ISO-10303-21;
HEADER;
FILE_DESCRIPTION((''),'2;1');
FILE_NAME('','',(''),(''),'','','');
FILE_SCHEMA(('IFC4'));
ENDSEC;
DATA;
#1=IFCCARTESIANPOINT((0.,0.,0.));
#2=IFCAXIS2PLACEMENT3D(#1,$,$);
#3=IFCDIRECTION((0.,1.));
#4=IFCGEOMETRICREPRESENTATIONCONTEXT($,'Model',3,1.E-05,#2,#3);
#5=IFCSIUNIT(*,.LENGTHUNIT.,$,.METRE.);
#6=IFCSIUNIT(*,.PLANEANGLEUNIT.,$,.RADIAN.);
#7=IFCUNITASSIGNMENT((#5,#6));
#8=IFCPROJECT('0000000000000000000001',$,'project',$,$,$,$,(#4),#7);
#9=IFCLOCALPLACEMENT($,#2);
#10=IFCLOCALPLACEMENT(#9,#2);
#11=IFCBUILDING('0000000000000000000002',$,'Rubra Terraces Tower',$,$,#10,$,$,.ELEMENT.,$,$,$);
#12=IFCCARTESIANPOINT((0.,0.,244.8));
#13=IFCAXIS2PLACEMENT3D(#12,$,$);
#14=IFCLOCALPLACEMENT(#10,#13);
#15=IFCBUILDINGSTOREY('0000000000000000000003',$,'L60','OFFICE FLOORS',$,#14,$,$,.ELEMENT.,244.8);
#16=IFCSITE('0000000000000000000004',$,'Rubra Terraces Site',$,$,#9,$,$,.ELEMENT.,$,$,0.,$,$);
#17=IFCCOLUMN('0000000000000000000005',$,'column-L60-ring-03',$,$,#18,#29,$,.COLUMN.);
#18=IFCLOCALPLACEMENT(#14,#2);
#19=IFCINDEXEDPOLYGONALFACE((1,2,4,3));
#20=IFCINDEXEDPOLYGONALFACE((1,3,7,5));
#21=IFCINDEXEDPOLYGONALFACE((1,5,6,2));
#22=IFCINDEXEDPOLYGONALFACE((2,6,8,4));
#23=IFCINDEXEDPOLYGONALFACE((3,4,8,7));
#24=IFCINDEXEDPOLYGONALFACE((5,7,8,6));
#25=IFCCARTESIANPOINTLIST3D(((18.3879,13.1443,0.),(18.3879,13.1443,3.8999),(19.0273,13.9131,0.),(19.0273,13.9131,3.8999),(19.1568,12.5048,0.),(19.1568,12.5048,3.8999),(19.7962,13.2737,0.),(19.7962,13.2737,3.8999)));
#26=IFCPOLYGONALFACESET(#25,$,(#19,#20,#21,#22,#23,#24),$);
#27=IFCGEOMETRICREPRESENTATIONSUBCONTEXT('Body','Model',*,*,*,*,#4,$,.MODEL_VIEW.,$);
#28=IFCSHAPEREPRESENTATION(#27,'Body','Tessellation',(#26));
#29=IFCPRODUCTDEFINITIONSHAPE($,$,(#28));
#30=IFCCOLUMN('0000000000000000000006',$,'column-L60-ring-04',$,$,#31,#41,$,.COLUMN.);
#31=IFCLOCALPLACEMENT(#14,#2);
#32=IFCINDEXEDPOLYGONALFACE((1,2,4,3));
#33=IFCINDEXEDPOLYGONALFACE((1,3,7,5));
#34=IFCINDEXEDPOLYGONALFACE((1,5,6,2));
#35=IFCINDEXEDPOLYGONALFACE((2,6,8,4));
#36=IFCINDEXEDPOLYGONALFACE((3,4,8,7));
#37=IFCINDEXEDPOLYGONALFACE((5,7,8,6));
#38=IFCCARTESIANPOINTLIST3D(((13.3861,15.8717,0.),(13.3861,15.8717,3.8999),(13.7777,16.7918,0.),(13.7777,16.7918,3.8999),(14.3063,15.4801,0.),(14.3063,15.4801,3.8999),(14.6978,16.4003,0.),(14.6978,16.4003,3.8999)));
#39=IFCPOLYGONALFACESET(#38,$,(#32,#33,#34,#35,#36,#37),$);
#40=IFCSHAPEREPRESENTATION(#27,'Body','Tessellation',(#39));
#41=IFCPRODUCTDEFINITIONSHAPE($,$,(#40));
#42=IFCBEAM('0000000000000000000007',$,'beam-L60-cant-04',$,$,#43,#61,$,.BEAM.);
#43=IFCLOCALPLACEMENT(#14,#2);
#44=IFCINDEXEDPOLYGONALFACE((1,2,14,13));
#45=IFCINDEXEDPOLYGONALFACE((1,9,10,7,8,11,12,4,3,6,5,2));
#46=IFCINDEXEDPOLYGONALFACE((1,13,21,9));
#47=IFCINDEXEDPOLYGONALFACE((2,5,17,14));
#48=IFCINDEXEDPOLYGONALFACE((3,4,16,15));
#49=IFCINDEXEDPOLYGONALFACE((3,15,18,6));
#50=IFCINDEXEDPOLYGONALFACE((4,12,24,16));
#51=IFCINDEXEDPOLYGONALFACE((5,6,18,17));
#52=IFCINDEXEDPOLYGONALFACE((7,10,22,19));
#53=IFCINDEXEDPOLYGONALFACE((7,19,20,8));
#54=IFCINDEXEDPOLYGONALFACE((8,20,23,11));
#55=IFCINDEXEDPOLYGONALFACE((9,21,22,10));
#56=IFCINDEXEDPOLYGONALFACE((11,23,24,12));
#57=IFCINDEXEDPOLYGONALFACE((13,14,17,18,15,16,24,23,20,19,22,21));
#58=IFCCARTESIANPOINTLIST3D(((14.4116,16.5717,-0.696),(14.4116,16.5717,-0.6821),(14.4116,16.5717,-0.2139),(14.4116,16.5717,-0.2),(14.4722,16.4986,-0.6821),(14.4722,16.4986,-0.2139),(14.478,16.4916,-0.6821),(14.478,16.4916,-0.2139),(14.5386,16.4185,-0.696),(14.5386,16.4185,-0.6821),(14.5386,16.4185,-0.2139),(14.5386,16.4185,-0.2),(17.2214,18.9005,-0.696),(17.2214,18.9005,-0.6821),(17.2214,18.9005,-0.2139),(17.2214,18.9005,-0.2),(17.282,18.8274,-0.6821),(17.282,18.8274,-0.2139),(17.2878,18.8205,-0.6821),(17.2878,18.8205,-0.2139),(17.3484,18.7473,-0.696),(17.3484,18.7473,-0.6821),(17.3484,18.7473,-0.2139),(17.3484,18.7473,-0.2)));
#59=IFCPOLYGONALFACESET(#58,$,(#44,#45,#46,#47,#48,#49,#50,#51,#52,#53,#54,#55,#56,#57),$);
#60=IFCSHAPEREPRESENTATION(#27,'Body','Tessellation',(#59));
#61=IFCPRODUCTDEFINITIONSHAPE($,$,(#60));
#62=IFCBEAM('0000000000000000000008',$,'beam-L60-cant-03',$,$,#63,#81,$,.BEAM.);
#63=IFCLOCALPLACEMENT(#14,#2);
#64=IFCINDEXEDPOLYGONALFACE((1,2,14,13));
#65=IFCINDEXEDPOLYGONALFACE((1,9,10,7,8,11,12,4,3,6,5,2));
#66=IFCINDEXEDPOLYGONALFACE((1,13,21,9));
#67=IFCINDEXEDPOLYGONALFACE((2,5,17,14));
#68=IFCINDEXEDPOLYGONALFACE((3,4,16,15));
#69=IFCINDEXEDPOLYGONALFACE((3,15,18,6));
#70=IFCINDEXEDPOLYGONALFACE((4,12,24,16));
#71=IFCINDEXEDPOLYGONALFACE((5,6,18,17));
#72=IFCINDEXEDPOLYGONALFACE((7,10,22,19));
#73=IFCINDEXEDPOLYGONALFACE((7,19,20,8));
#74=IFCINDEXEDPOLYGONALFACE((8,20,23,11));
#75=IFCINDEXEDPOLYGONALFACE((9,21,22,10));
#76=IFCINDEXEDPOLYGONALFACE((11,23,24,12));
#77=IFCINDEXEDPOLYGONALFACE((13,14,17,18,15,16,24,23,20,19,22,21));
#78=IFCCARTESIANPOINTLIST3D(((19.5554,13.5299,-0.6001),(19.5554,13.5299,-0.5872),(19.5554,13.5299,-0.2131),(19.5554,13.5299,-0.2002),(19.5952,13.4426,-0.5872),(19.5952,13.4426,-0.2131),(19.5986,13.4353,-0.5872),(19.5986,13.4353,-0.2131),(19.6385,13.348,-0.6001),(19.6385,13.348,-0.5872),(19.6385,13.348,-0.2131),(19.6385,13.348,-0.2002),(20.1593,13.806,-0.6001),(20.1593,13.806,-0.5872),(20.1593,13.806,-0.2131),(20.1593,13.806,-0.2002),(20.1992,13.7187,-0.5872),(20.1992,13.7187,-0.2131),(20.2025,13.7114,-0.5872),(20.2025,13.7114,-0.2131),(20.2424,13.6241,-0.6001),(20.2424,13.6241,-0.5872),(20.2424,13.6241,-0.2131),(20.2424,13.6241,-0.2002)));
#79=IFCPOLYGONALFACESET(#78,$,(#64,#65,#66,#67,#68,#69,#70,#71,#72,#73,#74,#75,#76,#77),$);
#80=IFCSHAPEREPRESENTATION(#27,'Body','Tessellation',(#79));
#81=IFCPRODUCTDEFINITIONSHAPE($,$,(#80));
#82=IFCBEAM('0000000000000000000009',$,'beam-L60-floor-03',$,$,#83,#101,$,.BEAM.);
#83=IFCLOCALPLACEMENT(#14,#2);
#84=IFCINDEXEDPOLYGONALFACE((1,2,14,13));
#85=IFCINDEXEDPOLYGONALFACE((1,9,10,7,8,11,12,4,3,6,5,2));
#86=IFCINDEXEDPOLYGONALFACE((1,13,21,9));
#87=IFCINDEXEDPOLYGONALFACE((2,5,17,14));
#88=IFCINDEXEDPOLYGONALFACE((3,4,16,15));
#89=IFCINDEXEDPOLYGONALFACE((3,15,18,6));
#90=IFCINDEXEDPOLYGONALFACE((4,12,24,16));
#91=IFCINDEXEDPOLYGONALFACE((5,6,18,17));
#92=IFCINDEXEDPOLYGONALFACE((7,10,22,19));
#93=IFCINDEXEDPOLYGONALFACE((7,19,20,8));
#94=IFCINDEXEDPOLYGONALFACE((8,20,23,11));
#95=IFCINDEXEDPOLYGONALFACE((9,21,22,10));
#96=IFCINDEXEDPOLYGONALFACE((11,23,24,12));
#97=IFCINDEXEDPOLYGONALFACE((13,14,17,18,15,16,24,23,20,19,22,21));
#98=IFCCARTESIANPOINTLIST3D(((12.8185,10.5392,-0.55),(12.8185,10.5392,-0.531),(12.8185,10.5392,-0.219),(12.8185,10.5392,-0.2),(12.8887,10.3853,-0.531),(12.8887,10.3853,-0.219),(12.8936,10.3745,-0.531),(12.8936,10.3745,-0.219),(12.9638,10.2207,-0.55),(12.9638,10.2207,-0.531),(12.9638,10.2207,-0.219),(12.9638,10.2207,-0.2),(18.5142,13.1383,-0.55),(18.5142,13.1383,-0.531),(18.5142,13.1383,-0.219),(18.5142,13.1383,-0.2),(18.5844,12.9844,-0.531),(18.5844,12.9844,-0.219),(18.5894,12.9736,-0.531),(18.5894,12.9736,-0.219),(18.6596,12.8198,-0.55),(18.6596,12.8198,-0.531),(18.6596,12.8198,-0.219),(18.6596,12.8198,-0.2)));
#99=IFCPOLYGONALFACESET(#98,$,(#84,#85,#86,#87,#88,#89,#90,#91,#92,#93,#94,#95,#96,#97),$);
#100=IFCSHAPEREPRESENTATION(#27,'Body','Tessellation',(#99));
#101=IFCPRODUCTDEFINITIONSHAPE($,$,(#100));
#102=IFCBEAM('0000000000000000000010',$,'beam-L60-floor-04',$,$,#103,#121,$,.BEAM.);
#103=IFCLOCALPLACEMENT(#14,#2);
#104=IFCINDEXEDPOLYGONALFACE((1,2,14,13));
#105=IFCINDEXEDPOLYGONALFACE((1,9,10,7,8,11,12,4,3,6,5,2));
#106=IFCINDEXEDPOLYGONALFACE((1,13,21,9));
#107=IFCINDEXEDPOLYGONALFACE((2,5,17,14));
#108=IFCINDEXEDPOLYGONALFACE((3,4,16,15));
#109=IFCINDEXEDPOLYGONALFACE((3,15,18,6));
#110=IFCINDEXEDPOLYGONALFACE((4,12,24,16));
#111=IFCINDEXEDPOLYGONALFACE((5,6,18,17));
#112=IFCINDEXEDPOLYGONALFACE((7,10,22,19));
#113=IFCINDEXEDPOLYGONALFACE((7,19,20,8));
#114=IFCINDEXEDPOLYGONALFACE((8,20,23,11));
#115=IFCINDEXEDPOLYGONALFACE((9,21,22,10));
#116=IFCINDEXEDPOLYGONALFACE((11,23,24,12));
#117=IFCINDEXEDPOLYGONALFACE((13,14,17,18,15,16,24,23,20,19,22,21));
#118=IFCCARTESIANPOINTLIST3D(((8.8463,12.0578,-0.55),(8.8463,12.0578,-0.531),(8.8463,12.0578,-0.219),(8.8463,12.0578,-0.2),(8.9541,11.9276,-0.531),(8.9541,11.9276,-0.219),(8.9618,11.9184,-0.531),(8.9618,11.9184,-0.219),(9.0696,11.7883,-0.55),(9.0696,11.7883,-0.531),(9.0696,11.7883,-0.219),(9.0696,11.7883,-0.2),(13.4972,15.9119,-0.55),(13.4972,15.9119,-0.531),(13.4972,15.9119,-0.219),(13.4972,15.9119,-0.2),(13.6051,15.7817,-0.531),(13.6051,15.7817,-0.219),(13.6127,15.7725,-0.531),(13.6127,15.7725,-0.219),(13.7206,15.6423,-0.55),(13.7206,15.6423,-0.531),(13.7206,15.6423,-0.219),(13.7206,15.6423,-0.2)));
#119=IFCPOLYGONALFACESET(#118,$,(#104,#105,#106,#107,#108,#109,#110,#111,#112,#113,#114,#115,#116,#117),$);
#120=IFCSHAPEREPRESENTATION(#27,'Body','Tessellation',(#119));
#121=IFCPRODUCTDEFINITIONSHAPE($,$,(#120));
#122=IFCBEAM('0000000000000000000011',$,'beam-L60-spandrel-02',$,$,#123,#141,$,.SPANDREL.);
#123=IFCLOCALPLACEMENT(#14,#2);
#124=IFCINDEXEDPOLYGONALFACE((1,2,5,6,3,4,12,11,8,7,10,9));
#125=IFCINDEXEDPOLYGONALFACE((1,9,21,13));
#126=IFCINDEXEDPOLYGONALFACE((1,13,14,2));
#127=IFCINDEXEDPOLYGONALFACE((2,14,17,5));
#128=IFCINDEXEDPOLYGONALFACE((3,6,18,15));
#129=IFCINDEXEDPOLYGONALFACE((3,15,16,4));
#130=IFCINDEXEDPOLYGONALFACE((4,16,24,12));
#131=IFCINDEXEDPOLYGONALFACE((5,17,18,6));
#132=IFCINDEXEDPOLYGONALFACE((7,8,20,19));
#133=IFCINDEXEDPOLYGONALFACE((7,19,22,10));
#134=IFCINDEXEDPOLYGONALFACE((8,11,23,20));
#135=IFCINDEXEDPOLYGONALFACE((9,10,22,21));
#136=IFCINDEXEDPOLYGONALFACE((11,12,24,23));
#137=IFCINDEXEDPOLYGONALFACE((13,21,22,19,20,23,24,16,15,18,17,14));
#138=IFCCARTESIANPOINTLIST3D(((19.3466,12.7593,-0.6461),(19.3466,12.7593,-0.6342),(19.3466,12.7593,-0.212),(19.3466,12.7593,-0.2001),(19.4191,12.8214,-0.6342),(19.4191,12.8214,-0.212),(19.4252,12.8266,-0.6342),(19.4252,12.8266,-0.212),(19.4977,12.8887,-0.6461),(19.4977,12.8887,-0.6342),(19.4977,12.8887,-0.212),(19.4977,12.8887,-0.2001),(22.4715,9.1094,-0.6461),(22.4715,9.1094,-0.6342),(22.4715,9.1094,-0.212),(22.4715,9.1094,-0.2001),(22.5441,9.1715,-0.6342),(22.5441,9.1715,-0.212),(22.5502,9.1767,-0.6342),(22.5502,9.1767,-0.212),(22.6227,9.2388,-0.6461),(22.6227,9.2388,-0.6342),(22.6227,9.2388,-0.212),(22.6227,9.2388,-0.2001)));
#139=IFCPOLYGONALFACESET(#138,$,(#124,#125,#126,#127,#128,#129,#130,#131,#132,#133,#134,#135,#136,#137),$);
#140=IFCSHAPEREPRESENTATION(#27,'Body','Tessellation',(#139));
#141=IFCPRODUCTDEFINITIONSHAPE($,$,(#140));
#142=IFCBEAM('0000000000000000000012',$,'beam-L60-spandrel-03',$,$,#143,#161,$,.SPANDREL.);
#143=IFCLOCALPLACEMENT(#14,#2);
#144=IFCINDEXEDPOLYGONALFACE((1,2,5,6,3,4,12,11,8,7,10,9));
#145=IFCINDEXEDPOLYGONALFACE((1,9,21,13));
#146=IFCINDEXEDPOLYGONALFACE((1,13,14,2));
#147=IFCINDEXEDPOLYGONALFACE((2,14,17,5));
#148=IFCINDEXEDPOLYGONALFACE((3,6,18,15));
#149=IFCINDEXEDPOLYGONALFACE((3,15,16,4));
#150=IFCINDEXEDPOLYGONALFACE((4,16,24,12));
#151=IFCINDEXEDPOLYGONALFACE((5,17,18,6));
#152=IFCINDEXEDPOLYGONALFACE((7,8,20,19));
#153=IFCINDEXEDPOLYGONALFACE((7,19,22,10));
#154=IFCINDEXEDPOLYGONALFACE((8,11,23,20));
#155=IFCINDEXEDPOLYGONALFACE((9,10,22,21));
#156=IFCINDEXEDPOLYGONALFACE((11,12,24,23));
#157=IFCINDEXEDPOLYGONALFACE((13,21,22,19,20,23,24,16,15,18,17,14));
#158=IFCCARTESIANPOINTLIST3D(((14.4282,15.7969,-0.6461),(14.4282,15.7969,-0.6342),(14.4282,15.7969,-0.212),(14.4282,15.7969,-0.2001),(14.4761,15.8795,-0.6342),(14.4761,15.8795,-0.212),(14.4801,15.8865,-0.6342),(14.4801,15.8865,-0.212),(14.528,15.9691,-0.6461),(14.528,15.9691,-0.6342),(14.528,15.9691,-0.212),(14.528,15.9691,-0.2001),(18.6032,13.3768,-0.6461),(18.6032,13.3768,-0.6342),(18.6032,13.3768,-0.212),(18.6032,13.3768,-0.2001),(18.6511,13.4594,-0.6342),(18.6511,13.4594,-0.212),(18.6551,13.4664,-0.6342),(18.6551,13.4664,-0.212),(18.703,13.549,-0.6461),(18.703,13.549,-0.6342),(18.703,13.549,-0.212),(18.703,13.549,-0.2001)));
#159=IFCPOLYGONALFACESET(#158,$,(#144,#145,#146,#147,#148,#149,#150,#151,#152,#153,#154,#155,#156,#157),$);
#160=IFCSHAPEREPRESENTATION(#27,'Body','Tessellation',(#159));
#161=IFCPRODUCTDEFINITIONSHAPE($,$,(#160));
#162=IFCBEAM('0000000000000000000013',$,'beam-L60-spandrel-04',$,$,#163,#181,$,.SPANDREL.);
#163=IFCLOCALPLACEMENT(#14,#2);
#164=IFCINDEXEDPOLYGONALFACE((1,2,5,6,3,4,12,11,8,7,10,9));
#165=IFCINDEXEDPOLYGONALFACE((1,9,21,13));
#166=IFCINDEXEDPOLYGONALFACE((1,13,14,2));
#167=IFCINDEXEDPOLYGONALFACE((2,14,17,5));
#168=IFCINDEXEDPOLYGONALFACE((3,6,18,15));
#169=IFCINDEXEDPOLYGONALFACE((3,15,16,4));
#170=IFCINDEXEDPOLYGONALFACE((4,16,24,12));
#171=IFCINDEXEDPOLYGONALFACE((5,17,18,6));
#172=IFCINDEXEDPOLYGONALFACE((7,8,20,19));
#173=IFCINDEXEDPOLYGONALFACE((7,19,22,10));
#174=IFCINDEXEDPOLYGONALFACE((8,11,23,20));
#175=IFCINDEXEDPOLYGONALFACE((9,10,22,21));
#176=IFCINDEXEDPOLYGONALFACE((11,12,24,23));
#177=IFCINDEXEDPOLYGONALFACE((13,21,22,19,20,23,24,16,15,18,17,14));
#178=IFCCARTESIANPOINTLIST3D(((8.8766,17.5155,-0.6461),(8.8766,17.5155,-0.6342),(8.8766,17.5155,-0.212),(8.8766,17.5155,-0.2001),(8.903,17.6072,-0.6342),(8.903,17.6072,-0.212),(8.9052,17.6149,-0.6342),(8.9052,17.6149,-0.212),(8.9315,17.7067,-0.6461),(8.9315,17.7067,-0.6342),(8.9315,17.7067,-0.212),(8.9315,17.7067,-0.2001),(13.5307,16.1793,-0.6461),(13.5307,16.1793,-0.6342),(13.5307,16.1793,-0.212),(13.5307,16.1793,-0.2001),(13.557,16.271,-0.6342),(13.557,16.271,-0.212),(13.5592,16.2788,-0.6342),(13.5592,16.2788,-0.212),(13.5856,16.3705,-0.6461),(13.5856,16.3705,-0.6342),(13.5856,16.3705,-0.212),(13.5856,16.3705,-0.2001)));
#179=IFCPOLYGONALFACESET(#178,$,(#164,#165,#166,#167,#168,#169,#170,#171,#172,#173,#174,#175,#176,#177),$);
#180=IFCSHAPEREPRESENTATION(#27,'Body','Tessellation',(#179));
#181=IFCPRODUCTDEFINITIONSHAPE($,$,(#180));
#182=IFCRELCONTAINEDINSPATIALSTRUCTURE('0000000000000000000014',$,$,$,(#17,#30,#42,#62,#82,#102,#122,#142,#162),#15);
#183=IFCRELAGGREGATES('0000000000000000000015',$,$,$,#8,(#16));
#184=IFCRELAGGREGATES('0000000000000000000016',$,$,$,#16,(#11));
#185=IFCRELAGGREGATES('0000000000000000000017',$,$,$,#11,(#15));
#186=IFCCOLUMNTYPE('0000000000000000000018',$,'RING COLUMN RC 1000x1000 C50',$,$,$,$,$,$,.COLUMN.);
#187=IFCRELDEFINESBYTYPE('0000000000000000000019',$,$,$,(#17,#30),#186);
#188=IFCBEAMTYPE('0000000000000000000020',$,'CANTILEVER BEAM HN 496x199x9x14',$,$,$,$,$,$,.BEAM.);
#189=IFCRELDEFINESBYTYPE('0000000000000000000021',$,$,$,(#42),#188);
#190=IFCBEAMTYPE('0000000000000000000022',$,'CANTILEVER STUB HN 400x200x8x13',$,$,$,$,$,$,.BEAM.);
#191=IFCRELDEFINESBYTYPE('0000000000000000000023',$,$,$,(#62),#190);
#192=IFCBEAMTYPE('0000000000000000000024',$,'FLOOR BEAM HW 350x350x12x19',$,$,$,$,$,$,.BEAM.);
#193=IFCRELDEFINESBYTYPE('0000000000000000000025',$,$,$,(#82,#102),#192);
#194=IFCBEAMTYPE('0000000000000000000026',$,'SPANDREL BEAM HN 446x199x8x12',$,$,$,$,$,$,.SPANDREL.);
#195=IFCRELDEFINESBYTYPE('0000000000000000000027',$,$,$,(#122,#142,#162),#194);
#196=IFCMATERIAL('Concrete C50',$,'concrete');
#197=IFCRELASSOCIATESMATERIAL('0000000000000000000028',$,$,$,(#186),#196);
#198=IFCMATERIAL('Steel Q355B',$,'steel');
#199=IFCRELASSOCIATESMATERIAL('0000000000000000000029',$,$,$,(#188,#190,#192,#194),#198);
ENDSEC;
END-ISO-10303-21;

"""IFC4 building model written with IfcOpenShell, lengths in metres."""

from ifc_helpers import new_model, si_unit, direction, frame, origin, origin_2d, place, context, subcontext, project, spatial, rectangle, i_section, extrude, material, material_profile, profile_set, type_object, element, save


model = new_model("IFC4")

# Units and contexts
model_context = context("Model", 3, precision=1e-05, world=origin(), true_north=direction((0.0, 1.0)))
body_context = subcontext(model_context, "Body", "Model", "MODEL_VIEW")
ifc_project = project(units=[si_unit("LENGTHUNIT", "METRE"), si_unit("PLANEANGLEUNIT", "RADIAN")], contexts=[model_context])

# Site, building, storey
site_placement = place(None, origin())
site = spatial("IfcSite", under=ifc_project, at=site_placement, Name="Rubra Terraces Site", CompositionType="ELEMENT", RefElevation=0.0)
building_placement = place(site_placement, origin())
building = spatial("IfcBuilding", under=site, at=building_placement, Name="Rubra Terraces Tower", CompositionType="ELEMENT")
storey_placement = place(building_placement, frame((0.0, 0.0, 244.8)))
storey = spatial("IfcBuildingStorey", under=building, at=storey_placement, Name="L60", Description="OFFICE FLOORS", CompositionType="ELEMENT", Elevation=244.8)

# Columns
ifc_material_1 = material(Name="Concrete C50", Category="concrete")
ifc_material_profile_1 = material_profile(ifc_material_1, rectangle(XDim=1.0, YDim=1.0, at=origin_2d()), Name="RC 1000x1000")
ifc_profile_set_1 = profile_set([ifc_material_profile_1], Name="Concrete C50")
column_type = type_object("IfcColumnType", Name="RING COLUMN RC 1000x1000 C50", PredefinedType="COLUMN", material=ifc_profile_set_1)
for number, where, z_axis, x_axis, name in (
    (1, (19.092, 13.209, 0.0), (0.0, 0.0, 1.0), (-0.76887, 0.639405, 0.0), "column-L60-ring-03"),
    (2, (14.042, 16.136, 0.0), (0.0, 0.0, 1.0), (-0.920168, 0.391524, 0.0), "column-L60-ring-04"),
):
    element("IfcColumn", number, at=place(storey_placement, frame(where, z_axis=z_axis, x_axis=x_axis)), inside=storey, type_object=column_type, Name=name, PredefinedType="COLUMN", context=body_context, shape_type="SweptSolid", body=[
        extrude(rectangle(XDim=1.0, YDim=1.0, at=origin_2d()), origin(), (0.0, 0.0, 1.0), 3.8999),
    ])

# Beams
ifc_material_2 = material(Name="Steel Q355B", Category="steel")
ifc_material_profile_2 = material_profile(ifc_material_2, i_section(OverallWidth=0.199, OverallDepth=0.4961, WebThickness=0.009, FlangeThickness=0.0139, at=origin_2d()), Name="HN 496x199x9x14")
ifc_profile_set_2 = profile_set([ifc_material_profile_2], Name="Steel Q355B")
beam_type_1 = type_object("IfcBeamType", Name="CANTILEVER BEAM HN 496x199x9x14", PredefinedType="BEAM", material=ifc_profile_set_2)
beam_1_placement = place(storey_placement, frame((14.4751, 16.4951, -0.448), z_axis=(0.769924, 0.638136, 0.0), x_axis=(-0.638136, 0.769924, 0.0)))
element("IfcBeam", 3, at=beam_1_placement, inside=storey, type_object=beam_type_1, Name="beam-L60-cant-04", PredefinedType="BEAM", context=body_context, shape_type="SweptSolid", body=[
    extrude(i_section(OverallWidth=0.199, OverallDepth=0.4961, WebThickness=0.009, FlangeThickness=0.0139, at=origin_2d()), origin(), (0.0, 0.0, 1.0), 3.6494),
])
ifc_material_profile_3 = material_profile(ifc_material_2, i_section(OverallWidth=0.2, OverallDepth=0.3999, WebThickness=0.0081, FlangeThickness=0.0129, at=origin_2d()), Name="HN 400x200x8x13")
ifc_profile_set_3 = profile_set([ifc_material_profile_3], Name="Steel Q355B")
beam_type_2 = type_object("IfcBeamType", Name="CANTILEVER STUB HN 400x200x8x13", PredefinedType="BEAM", material=ifc_profile_set_3)
beam_2_placement = place(storey_placement, frame((19.5969, 13.439, -0.4001), z_axis=(0.909471, 0.415768, 0.0), x_axis=(-0.415768, 0.909471, 0.0)))
element("IfcBeam", 4, at=beam_2_placement, inside=storey, type_object=beam_type_2, Name="beam-L60-cant-03", PredefinedType="BEAM", context=body_context, shape_type="SweptSolid", body=[
    extrude(i_section(OverallWidth=0.2, OverallDepth=0.3999, WebThickness=0.0081, FlangeThickness=0.0129, at=origin_2d()), origin(), (0.0, 0.0, 1.0), 0.6641),
])
ifc_material_profile_4 = material_profile(ifc_material_2, i_section(OverallWidth=0.3501, OverallDepth=0.3501, WebThickness=0.012, FlangeThickness=0.019, at=origin_2d()), Name="HW 350x350x12x19")
ifc_profile_set_4 = profile_set([ifc_material_profile_4], Name="Steel Q355B")
beam_type_3 = type_object("IfcBeamType", Name="FLOOR BEAM HW 350x350x12x19", PredefinedType="BEAM", material=ifc_profile_set_4)
beam_3_placement = place(storey_placement, frame((18.5869, 12.979, -0.375), z_axis=(-0.909757, -0.415142, 0.0), x_axis=(0.415142, -0.909757, 0.0)))
element("IfcBeam", 5, at=beam_3_placement, inside=storey, type_object=beam_type_3, Name="beam-L60-floor-03", PredefinedType="BEAM", context=body_context, shape_type="SweptSolid", body=[
    extrude(i_section(OverallWidth=0.3501, OverallDepth=0.3501, WebThickness=0.012, FlangeThickness=0.019, at=origin_2d()), origin(), (0.0, 0.0, 1.0), 6.2607),
])
beam_4_placement = place(storey_placement, frame((13.6089, 15.7771, -0.375), z_axis=(-0.769988, -0.638059, 0.0), x_axis=(0.638059, -0.769988, 0.0)))
element("IfcBeam", 6, at=beam_4_placement, inside=storey, type_object=beam_type_3, Name="beam-L60-floor-04", PredefinedType="BEAM", context=body_context, shape_type="SweptSolid", body=[
    extrude(i_section(OverallWidth=0.3501, OverallDepth=0.3501, WebThickness=0.012, FlangeThickness=0.019, at=origin_2d()), origin(), (0.0, 0.0, 1.0), 6.0403),
])
ifc_material_profile_5 = material_profile(ifc_material_2, i_section(OverallWidth=0.199, OverallDepth=0.446, WebThickness=0.0081, FlangeThickness=0.012, at=origin_2d()), Name="HN 446x199x8x12")
ifc_profile_set_5 = profile_set([ifc_material_profile_5], Name="Steel Q355B")
beam_type_4 = type_object("IfcBeamType", Name="SPANDREL BEAM HN 446x199x8x12", PredefinedType="SPANDREL", material=ifc_profile_set_5)
beam_5_placement = place(storey_placement, frame((22.5471, 9.1741, -0.4231), z_axis=(-0.650373, 0.759615, 0.0), x_axis=(-0.759615, -0.650373, 0.0)))
element("IfcBeam", 7, at=beam_5_placement, inside=storey, type_object=beam_type_4, Name="beam-L60-spandrel-02", PredefinedType="SPANDREL", context=body_context, shape_type="SweptSolid", body=[
    extrude(i_section(OverallWidth=0.199, OverallDepth=0.446, WebThickness=0.0081, FlangeThickness=0.012, at=origin_2d()), origin(), (0.0, 0.0, 1.0), 4.8049),
])
beam_6_placement = place(storey_placement, frame((18.6531, 13.4629, -0.4231), z_axis=(-0.865154, 0.501507, 0.0), x_axis=(-0.501507, -0.865154, 0.0)))
element("IfcBeam", 8, at=beam_6_placement, inside=storey, type_object=beam_type_4, Name="beam-L60-spandrel-03", PredefinedType="SPANDREL", context=body_context, shape_type="SweptSolid", body=[
    extrude(i_section(OverallWidth=0.199, OverallDepth=0.446, WebThickness=0.0081, FlangeThickness=0.012, at=origin_2d()), origin(), (0.0, 0.0, 1.0), 4.8257),
])
beam_7_placement = place(storey_placement, frame((13.5581, 16.2749, -0.4231), z_axis=(-0.961171, 0.275953, 0.0), x_axis=(-0.275953, -0.961171, 0.0)))
element("IfcBeam", 9, at=beam_7_placement, inside=storey, type_object=beam_type_4, Name="beam-L60-spandrel-04", PredefinedType="SPANDREL", context=body_context, shape_type="SweptSolid", body=[
    extrude(i_section(OverallWidth=0.199, OverallDepth=0.446, WebThickness=0.0081, FlangeThickness=0.012, at=origin_2d()), origin(), (0.0, 0.0, 1.0), 4.842),
])

save(model, "model.ifc")
